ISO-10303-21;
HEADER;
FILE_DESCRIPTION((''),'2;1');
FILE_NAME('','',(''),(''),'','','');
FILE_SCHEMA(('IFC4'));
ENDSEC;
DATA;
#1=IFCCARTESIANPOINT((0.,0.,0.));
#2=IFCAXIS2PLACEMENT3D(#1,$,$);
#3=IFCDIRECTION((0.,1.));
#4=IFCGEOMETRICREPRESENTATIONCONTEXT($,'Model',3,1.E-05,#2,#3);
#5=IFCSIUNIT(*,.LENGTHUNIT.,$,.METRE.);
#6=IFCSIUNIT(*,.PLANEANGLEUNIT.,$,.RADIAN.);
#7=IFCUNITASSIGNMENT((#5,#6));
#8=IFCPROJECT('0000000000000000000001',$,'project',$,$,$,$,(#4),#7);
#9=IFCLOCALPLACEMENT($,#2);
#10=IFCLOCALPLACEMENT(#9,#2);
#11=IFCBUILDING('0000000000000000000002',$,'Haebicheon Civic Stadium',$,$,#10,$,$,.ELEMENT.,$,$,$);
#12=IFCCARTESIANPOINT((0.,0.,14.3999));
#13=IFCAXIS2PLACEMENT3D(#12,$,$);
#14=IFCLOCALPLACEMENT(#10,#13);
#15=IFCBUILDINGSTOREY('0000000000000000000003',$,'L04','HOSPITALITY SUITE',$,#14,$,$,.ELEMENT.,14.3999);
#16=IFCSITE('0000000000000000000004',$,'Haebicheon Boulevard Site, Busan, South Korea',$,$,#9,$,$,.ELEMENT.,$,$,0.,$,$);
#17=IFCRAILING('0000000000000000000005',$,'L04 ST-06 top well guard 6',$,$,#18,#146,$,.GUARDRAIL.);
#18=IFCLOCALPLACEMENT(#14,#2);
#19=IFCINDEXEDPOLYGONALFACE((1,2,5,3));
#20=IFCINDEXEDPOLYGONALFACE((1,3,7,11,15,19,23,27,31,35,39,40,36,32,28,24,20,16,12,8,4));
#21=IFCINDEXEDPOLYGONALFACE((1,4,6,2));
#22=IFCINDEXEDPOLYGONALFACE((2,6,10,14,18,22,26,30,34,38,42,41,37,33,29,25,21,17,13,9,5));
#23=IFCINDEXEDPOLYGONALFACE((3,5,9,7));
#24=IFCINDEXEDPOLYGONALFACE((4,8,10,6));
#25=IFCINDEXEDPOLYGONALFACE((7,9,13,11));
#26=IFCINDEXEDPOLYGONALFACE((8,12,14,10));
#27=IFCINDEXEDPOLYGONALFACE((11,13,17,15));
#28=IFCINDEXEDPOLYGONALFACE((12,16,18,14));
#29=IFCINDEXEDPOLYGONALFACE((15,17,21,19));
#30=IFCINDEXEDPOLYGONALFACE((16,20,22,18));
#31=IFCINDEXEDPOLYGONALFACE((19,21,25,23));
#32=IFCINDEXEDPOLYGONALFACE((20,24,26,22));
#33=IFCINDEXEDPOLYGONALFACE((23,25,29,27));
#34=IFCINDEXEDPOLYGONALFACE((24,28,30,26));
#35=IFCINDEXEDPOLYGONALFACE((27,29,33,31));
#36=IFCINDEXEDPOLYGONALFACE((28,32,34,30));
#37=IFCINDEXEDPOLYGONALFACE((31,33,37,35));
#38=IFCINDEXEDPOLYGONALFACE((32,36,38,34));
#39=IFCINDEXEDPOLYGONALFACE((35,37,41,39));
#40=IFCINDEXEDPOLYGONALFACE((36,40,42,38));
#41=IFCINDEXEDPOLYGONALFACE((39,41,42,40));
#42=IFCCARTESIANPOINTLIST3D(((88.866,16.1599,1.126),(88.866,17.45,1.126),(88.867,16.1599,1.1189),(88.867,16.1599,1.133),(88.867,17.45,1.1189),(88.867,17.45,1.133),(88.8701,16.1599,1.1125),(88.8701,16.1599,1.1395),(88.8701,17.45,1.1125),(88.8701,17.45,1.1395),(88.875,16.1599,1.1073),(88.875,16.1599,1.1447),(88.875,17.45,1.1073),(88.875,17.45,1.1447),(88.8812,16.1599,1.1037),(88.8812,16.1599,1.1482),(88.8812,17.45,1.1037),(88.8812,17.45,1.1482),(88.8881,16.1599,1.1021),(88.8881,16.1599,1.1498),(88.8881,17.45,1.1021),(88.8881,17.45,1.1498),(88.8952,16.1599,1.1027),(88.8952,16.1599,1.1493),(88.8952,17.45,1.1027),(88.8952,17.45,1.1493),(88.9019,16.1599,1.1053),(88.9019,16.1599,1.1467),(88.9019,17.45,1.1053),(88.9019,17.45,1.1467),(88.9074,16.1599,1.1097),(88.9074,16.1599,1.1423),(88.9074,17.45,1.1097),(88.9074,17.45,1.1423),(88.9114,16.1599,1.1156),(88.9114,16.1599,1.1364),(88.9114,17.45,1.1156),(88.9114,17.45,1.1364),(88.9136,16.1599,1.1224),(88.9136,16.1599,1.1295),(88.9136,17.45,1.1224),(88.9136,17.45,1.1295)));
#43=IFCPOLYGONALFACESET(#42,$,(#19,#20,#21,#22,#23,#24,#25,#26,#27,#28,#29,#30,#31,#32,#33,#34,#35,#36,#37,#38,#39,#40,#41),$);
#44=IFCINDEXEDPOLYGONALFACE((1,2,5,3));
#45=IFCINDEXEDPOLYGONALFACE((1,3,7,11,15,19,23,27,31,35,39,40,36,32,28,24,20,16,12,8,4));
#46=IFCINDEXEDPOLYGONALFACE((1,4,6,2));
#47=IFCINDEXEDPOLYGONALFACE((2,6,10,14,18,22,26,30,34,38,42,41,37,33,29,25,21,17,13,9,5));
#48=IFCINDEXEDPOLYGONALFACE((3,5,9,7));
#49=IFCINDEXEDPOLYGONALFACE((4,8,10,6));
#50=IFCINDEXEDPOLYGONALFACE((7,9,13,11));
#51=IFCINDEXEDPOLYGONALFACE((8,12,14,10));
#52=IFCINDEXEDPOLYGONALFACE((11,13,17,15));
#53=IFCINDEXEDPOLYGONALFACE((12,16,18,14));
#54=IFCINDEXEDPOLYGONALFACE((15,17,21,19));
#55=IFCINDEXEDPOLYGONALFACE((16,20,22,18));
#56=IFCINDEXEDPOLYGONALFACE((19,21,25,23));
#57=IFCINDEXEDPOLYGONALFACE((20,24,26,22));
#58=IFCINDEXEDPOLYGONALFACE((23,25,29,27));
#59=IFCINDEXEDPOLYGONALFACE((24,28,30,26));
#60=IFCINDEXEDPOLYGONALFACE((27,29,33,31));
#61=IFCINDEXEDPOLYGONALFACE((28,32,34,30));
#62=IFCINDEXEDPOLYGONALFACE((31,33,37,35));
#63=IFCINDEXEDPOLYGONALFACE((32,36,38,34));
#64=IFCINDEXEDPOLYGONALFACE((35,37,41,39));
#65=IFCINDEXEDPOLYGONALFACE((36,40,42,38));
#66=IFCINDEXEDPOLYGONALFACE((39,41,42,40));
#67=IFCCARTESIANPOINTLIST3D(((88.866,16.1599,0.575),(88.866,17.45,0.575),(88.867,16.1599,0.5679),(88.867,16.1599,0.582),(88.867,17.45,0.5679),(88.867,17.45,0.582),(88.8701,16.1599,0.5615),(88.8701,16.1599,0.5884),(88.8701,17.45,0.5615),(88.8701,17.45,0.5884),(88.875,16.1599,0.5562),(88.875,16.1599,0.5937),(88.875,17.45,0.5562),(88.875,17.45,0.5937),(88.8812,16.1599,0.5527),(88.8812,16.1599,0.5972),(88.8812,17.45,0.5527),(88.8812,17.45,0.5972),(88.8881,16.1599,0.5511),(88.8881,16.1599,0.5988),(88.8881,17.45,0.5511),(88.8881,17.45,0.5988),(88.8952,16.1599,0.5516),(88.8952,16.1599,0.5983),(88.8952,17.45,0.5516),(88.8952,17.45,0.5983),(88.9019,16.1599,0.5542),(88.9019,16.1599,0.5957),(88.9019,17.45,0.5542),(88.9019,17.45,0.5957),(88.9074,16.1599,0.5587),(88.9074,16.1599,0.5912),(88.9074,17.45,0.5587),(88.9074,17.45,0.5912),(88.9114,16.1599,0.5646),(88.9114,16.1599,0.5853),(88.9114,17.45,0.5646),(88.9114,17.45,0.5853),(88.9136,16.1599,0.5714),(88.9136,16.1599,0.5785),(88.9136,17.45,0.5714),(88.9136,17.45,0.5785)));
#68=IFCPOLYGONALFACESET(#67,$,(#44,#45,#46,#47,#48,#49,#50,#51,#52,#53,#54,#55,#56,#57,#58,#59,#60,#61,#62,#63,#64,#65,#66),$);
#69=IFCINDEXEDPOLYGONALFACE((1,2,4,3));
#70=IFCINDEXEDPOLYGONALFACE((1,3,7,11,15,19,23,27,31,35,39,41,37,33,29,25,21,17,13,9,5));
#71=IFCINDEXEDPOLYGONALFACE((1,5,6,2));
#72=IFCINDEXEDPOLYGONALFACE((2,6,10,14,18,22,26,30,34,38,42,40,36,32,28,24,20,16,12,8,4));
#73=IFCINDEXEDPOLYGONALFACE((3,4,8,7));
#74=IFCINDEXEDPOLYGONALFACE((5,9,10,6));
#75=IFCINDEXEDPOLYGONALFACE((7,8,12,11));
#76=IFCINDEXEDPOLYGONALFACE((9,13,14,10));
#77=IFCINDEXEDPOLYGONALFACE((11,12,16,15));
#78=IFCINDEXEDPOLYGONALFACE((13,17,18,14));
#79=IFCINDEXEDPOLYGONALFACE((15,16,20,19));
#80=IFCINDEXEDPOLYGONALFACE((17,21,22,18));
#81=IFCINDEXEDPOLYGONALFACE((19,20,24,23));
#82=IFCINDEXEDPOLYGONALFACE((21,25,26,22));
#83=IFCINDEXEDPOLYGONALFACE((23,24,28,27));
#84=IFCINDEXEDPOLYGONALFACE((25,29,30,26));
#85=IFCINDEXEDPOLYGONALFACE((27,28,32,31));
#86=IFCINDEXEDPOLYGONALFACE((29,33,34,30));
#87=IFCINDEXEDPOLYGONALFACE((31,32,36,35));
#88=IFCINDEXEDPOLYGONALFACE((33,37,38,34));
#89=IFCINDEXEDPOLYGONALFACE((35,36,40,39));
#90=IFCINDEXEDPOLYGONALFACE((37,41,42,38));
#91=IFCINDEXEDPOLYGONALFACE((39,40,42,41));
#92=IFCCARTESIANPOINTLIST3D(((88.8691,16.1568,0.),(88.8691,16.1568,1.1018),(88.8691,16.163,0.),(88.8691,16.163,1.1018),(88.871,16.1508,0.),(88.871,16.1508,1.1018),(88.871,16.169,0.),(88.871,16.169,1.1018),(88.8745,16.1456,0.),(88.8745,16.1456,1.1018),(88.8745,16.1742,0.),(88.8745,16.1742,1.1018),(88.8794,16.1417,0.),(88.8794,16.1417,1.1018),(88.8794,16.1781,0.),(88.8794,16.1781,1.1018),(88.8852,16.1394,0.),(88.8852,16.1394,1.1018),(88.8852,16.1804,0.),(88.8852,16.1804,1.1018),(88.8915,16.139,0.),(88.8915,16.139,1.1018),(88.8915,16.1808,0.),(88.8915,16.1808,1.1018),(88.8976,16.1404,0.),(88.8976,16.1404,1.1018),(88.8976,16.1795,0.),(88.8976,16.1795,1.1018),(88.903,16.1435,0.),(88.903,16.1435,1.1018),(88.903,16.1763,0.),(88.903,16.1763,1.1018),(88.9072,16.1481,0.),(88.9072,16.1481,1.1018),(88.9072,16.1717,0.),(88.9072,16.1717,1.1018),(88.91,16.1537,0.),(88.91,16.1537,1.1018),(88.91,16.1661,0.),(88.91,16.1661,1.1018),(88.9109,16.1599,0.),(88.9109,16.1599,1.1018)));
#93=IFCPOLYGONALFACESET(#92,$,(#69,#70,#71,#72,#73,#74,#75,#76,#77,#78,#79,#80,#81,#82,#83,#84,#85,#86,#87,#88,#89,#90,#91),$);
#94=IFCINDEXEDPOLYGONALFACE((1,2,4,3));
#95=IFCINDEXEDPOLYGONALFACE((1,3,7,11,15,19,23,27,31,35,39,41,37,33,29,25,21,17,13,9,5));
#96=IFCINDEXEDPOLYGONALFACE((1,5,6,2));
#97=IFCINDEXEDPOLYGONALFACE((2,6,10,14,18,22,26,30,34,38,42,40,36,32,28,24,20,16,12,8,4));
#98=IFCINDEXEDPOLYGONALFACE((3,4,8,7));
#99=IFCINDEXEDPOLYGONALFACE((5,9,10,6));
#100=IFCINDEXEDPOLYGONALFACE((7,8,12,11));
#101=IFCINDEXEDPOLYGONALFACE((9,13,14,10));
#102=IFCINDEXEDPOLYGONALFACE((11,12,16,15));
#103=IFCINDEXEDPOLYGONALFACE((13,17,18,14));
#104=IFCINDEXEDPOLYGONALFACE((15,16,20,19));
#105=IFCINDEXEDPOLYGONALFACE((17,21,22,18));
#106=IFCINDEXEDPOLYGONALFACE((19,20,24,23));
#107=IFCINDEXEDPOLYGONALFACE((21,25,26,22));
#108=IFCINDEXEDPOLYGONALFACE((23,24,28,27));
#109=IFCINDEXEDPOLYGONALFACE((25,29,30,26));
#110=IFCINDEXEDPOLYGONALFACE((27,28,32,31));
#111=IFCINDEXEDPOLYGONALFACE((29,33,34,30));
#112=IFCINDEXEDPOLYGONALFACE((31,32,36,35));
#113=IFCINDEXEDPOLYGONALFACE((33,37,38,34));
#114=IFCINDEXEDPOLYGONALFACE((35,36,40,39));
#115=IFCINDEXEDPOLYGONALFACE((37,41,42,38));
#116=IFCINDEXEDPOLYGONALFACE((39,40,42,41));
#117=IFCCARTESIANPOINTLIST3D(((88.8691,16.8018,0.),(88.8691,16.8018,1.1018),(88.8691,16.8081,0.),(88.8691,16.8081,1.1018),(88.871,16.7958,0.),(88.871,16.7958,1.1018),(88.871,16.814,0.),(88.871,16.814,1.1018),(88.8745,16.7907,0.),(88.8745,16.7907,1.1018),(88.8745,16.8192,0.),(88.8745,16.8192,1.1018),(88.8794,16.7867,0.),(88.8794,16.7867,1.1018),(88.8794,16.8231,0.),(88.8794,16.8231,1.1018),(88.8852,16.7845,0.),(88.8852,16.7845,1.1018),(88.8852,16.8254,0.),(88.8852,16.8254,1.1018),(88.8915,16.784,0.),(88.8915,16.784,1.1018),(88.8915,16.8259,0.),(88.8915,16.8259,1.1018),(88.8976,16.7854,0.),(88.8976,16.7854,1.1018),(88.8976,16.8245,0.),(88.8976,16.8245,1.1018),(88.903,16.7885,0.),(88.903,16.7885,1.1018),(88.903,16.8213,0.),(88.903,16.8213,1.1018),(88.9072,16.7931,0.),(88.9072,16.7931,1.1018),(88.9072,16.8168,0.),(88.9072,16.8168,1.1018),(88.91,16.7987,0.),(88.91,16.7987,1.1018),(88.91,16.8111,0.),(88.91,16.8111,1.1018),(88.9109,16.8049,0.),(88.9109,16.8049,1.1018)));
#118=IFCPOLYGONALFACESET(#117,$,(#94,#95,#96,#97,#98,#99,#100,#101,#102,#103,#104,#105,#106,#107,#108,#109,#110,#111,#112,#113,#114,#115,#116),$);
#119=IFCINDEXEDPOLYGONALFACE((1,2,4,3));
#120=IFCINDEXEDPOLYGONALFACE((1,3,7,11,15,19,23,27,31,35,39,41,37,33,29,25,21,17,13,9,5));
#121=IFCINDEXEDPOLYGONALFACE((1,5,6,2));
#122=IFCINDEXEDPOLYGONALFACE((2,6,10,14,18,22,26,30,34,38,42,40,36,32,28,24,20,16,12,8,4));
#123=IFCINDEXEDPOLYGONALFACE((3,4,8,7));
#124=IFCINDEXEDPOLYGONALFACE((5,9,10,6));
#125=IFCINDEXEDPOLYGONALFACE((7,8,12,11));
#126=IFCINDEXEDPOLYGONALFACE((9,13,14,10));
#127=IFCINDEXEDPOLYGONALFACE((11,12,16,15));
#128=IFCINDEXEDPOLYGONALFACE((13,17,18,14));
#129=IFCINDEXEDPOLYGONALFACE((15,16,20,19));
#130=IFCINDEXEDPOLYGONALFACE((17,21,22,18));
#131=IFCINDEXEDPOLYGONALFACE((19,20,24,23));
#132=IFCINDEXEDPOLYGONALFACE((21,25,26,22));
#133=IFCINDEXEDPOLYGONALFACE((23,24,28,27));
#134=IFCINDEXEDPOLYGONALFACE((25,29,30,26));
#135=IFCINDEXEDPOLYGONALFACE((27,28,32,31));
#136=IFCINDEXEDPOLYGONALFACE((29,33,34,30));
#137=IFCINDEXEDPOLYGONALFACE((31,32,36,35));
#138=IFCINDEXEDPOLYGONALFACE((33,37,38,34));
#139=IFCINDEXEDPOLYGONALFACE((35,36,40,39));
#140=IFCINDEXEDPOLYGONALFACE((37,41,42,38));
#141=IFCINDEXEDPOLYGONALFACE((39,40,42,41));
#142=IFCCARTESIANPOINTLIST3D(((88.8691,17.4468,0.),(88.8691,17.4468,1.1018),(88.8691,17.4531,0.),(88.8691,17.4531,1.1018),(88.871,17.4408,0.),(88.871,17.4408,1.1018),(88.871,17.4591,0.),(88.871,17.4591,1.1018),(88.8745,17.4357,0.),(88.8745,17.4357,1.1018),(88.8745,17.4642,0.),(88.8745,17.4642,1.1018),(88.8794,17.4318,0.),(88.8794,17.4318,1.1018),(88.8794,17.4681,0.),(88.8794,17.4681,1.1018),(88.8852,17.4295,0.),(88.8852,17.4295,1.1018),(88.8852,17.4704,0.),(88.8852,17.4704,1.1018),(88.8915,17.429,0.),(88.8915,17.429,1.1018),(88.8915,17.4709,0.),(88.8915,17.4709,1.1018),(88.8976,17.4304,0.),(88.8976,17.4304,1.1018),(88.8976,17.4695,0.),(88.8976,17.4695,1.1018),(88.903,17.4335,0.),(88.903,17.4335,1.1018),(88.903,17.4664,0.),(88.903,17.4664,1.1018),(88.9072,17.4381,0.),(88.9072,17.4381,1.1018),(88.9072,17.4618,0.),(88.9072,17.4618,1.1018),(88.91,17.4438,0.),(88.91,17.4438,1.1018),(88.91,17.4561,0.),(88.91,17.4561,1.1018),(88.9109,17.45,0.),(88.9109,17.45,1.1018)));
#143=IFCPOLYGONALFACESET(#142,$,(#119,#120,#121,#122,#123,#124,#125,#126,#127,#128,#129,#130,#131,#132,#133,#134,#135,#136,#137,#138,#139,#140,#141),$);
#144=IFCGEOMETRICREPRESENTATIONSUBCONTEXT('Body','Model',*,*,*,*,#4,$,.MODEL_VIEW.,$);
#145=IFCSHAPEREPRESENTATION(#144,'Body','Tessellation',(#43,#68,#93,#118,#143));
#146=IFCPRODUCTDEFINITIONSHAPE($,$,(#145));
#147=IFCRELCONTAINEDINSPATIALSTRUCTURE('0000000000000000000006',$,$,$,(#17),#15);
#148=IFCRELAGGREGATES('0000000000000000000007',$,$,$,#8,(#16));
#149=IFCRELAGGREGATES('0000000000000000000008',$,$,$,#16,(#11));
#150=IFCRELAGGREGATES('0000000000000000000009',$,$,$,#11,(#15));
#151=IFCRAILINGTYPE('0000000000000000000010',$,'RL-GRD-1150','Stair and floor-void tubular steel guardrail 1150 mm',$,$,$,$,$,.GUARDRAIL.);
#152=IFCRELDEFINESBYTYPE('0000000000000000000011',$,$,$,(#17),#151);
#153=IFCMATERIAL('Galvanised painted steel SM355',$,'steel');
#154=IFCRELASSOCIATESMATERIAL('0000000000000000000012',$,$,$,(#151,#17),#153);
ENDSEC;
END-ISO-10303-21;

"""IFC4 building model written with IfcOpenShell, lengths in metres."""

from ifc_helpers import new_model, si_unit, direction, frame, origin, origin_2d, place, context, subcontext, project, spatial, circle, extrude, material, type_object, element, save


model = new_model("IFC4")

# Units and contexts
model_context = context("Model", 3, precision=1e-05, world=origin(), true_north=direction((0.0, 1.0)))
body_context = subcontext(model_context, "Body", "Model", "MODEL_VIEW")
ifc_project = project(units=[si_unit("LENGTHUNIT", "METRE"), si_unit("PLANEANGLEUNIT", "RADIAN")], contexts=[model_context])

# Site, building, storey
site_placement = place(None, origin())
site = spatial("IfcSite", under=ifc_project, at=site_placement, Name="Haebicheon Boulevard Site, Busan, South Korea", CompositionType="ELEMENT", RefElevation=0.0)
building_placement = place(site_placement, origin())
building = spatial("IfcBuilding", under=site, at=building_placement, Name="Haebicheon Civic Stadium", CompositionType="ELEMENT")
storey_placement = place(building_placement, frame((0.0, 0.0, 14.3999)))
storey = spatial("IfcBuildingStorey", under=building, at=storey_placement, Name="L04", Description="HOSPITALITY SUITE", CompositionType="ELEMENT", Elevation=14.3999)

# Railing
ifc_material_1 = material(Name="Galvanised painted steel SM355", Category="steel")
railing_type = type_object("IfcRailingType", Name="RL-GRD-1150", Description="Stair and floor-void tubular steel guardrail 1150 mm", PredefinedType="GUARDRAIL", material=ifc_material_1)
for number, where, name in (
    (1, (88.8899, 16.1599, 0.0), "L04 ST-06 top well guard 6"),
):
    element("IfcRailing", number, at=place(storey_placement, frame(where)), inside=storey, type_object=railing_type, material=ifc_material_1, Name=name, PredefinedType="GUARDRAIL", context=body_context, shape_type="SweptSolid", body=[
        extrude(circle(Radius=0.0239, at=origin_2d()), frame((0.0, 0.0, 1.126), z_axis=(0.0, 1.0, 0.0), x_axis=(-1.0, 0.0, 0.0)), (0.0, 0.0, 1.0), 1.29),
        extrude(circle(Radius=0.0239, at=origin_2d()), frame((0.0, 0.0, 0.575), z_axis=(0.0, 1.0, 0.0), x_axis=(-1.0, 0.0, 0.0)), (0.0, 0.0, 1.0), 1.29),
        extrude(circle(Radius=0.021, at=origin_2d()), origin(), (0.0, 0.0, 1.0), 1.1018),
        extrude(circle(Radius=0.021, at=origin_2d()), frame((0.0, 0.645, 0.0)), (0.0, 0.0, 1.0), 1.1018),
        extrude(circle(Radius=0.021, at=origin_2d()), frame((0.0, 1.29, 0.0)), (0.0, 0.0, 1.0), 1.1018),
    ])

save(model, "model.ifc")
